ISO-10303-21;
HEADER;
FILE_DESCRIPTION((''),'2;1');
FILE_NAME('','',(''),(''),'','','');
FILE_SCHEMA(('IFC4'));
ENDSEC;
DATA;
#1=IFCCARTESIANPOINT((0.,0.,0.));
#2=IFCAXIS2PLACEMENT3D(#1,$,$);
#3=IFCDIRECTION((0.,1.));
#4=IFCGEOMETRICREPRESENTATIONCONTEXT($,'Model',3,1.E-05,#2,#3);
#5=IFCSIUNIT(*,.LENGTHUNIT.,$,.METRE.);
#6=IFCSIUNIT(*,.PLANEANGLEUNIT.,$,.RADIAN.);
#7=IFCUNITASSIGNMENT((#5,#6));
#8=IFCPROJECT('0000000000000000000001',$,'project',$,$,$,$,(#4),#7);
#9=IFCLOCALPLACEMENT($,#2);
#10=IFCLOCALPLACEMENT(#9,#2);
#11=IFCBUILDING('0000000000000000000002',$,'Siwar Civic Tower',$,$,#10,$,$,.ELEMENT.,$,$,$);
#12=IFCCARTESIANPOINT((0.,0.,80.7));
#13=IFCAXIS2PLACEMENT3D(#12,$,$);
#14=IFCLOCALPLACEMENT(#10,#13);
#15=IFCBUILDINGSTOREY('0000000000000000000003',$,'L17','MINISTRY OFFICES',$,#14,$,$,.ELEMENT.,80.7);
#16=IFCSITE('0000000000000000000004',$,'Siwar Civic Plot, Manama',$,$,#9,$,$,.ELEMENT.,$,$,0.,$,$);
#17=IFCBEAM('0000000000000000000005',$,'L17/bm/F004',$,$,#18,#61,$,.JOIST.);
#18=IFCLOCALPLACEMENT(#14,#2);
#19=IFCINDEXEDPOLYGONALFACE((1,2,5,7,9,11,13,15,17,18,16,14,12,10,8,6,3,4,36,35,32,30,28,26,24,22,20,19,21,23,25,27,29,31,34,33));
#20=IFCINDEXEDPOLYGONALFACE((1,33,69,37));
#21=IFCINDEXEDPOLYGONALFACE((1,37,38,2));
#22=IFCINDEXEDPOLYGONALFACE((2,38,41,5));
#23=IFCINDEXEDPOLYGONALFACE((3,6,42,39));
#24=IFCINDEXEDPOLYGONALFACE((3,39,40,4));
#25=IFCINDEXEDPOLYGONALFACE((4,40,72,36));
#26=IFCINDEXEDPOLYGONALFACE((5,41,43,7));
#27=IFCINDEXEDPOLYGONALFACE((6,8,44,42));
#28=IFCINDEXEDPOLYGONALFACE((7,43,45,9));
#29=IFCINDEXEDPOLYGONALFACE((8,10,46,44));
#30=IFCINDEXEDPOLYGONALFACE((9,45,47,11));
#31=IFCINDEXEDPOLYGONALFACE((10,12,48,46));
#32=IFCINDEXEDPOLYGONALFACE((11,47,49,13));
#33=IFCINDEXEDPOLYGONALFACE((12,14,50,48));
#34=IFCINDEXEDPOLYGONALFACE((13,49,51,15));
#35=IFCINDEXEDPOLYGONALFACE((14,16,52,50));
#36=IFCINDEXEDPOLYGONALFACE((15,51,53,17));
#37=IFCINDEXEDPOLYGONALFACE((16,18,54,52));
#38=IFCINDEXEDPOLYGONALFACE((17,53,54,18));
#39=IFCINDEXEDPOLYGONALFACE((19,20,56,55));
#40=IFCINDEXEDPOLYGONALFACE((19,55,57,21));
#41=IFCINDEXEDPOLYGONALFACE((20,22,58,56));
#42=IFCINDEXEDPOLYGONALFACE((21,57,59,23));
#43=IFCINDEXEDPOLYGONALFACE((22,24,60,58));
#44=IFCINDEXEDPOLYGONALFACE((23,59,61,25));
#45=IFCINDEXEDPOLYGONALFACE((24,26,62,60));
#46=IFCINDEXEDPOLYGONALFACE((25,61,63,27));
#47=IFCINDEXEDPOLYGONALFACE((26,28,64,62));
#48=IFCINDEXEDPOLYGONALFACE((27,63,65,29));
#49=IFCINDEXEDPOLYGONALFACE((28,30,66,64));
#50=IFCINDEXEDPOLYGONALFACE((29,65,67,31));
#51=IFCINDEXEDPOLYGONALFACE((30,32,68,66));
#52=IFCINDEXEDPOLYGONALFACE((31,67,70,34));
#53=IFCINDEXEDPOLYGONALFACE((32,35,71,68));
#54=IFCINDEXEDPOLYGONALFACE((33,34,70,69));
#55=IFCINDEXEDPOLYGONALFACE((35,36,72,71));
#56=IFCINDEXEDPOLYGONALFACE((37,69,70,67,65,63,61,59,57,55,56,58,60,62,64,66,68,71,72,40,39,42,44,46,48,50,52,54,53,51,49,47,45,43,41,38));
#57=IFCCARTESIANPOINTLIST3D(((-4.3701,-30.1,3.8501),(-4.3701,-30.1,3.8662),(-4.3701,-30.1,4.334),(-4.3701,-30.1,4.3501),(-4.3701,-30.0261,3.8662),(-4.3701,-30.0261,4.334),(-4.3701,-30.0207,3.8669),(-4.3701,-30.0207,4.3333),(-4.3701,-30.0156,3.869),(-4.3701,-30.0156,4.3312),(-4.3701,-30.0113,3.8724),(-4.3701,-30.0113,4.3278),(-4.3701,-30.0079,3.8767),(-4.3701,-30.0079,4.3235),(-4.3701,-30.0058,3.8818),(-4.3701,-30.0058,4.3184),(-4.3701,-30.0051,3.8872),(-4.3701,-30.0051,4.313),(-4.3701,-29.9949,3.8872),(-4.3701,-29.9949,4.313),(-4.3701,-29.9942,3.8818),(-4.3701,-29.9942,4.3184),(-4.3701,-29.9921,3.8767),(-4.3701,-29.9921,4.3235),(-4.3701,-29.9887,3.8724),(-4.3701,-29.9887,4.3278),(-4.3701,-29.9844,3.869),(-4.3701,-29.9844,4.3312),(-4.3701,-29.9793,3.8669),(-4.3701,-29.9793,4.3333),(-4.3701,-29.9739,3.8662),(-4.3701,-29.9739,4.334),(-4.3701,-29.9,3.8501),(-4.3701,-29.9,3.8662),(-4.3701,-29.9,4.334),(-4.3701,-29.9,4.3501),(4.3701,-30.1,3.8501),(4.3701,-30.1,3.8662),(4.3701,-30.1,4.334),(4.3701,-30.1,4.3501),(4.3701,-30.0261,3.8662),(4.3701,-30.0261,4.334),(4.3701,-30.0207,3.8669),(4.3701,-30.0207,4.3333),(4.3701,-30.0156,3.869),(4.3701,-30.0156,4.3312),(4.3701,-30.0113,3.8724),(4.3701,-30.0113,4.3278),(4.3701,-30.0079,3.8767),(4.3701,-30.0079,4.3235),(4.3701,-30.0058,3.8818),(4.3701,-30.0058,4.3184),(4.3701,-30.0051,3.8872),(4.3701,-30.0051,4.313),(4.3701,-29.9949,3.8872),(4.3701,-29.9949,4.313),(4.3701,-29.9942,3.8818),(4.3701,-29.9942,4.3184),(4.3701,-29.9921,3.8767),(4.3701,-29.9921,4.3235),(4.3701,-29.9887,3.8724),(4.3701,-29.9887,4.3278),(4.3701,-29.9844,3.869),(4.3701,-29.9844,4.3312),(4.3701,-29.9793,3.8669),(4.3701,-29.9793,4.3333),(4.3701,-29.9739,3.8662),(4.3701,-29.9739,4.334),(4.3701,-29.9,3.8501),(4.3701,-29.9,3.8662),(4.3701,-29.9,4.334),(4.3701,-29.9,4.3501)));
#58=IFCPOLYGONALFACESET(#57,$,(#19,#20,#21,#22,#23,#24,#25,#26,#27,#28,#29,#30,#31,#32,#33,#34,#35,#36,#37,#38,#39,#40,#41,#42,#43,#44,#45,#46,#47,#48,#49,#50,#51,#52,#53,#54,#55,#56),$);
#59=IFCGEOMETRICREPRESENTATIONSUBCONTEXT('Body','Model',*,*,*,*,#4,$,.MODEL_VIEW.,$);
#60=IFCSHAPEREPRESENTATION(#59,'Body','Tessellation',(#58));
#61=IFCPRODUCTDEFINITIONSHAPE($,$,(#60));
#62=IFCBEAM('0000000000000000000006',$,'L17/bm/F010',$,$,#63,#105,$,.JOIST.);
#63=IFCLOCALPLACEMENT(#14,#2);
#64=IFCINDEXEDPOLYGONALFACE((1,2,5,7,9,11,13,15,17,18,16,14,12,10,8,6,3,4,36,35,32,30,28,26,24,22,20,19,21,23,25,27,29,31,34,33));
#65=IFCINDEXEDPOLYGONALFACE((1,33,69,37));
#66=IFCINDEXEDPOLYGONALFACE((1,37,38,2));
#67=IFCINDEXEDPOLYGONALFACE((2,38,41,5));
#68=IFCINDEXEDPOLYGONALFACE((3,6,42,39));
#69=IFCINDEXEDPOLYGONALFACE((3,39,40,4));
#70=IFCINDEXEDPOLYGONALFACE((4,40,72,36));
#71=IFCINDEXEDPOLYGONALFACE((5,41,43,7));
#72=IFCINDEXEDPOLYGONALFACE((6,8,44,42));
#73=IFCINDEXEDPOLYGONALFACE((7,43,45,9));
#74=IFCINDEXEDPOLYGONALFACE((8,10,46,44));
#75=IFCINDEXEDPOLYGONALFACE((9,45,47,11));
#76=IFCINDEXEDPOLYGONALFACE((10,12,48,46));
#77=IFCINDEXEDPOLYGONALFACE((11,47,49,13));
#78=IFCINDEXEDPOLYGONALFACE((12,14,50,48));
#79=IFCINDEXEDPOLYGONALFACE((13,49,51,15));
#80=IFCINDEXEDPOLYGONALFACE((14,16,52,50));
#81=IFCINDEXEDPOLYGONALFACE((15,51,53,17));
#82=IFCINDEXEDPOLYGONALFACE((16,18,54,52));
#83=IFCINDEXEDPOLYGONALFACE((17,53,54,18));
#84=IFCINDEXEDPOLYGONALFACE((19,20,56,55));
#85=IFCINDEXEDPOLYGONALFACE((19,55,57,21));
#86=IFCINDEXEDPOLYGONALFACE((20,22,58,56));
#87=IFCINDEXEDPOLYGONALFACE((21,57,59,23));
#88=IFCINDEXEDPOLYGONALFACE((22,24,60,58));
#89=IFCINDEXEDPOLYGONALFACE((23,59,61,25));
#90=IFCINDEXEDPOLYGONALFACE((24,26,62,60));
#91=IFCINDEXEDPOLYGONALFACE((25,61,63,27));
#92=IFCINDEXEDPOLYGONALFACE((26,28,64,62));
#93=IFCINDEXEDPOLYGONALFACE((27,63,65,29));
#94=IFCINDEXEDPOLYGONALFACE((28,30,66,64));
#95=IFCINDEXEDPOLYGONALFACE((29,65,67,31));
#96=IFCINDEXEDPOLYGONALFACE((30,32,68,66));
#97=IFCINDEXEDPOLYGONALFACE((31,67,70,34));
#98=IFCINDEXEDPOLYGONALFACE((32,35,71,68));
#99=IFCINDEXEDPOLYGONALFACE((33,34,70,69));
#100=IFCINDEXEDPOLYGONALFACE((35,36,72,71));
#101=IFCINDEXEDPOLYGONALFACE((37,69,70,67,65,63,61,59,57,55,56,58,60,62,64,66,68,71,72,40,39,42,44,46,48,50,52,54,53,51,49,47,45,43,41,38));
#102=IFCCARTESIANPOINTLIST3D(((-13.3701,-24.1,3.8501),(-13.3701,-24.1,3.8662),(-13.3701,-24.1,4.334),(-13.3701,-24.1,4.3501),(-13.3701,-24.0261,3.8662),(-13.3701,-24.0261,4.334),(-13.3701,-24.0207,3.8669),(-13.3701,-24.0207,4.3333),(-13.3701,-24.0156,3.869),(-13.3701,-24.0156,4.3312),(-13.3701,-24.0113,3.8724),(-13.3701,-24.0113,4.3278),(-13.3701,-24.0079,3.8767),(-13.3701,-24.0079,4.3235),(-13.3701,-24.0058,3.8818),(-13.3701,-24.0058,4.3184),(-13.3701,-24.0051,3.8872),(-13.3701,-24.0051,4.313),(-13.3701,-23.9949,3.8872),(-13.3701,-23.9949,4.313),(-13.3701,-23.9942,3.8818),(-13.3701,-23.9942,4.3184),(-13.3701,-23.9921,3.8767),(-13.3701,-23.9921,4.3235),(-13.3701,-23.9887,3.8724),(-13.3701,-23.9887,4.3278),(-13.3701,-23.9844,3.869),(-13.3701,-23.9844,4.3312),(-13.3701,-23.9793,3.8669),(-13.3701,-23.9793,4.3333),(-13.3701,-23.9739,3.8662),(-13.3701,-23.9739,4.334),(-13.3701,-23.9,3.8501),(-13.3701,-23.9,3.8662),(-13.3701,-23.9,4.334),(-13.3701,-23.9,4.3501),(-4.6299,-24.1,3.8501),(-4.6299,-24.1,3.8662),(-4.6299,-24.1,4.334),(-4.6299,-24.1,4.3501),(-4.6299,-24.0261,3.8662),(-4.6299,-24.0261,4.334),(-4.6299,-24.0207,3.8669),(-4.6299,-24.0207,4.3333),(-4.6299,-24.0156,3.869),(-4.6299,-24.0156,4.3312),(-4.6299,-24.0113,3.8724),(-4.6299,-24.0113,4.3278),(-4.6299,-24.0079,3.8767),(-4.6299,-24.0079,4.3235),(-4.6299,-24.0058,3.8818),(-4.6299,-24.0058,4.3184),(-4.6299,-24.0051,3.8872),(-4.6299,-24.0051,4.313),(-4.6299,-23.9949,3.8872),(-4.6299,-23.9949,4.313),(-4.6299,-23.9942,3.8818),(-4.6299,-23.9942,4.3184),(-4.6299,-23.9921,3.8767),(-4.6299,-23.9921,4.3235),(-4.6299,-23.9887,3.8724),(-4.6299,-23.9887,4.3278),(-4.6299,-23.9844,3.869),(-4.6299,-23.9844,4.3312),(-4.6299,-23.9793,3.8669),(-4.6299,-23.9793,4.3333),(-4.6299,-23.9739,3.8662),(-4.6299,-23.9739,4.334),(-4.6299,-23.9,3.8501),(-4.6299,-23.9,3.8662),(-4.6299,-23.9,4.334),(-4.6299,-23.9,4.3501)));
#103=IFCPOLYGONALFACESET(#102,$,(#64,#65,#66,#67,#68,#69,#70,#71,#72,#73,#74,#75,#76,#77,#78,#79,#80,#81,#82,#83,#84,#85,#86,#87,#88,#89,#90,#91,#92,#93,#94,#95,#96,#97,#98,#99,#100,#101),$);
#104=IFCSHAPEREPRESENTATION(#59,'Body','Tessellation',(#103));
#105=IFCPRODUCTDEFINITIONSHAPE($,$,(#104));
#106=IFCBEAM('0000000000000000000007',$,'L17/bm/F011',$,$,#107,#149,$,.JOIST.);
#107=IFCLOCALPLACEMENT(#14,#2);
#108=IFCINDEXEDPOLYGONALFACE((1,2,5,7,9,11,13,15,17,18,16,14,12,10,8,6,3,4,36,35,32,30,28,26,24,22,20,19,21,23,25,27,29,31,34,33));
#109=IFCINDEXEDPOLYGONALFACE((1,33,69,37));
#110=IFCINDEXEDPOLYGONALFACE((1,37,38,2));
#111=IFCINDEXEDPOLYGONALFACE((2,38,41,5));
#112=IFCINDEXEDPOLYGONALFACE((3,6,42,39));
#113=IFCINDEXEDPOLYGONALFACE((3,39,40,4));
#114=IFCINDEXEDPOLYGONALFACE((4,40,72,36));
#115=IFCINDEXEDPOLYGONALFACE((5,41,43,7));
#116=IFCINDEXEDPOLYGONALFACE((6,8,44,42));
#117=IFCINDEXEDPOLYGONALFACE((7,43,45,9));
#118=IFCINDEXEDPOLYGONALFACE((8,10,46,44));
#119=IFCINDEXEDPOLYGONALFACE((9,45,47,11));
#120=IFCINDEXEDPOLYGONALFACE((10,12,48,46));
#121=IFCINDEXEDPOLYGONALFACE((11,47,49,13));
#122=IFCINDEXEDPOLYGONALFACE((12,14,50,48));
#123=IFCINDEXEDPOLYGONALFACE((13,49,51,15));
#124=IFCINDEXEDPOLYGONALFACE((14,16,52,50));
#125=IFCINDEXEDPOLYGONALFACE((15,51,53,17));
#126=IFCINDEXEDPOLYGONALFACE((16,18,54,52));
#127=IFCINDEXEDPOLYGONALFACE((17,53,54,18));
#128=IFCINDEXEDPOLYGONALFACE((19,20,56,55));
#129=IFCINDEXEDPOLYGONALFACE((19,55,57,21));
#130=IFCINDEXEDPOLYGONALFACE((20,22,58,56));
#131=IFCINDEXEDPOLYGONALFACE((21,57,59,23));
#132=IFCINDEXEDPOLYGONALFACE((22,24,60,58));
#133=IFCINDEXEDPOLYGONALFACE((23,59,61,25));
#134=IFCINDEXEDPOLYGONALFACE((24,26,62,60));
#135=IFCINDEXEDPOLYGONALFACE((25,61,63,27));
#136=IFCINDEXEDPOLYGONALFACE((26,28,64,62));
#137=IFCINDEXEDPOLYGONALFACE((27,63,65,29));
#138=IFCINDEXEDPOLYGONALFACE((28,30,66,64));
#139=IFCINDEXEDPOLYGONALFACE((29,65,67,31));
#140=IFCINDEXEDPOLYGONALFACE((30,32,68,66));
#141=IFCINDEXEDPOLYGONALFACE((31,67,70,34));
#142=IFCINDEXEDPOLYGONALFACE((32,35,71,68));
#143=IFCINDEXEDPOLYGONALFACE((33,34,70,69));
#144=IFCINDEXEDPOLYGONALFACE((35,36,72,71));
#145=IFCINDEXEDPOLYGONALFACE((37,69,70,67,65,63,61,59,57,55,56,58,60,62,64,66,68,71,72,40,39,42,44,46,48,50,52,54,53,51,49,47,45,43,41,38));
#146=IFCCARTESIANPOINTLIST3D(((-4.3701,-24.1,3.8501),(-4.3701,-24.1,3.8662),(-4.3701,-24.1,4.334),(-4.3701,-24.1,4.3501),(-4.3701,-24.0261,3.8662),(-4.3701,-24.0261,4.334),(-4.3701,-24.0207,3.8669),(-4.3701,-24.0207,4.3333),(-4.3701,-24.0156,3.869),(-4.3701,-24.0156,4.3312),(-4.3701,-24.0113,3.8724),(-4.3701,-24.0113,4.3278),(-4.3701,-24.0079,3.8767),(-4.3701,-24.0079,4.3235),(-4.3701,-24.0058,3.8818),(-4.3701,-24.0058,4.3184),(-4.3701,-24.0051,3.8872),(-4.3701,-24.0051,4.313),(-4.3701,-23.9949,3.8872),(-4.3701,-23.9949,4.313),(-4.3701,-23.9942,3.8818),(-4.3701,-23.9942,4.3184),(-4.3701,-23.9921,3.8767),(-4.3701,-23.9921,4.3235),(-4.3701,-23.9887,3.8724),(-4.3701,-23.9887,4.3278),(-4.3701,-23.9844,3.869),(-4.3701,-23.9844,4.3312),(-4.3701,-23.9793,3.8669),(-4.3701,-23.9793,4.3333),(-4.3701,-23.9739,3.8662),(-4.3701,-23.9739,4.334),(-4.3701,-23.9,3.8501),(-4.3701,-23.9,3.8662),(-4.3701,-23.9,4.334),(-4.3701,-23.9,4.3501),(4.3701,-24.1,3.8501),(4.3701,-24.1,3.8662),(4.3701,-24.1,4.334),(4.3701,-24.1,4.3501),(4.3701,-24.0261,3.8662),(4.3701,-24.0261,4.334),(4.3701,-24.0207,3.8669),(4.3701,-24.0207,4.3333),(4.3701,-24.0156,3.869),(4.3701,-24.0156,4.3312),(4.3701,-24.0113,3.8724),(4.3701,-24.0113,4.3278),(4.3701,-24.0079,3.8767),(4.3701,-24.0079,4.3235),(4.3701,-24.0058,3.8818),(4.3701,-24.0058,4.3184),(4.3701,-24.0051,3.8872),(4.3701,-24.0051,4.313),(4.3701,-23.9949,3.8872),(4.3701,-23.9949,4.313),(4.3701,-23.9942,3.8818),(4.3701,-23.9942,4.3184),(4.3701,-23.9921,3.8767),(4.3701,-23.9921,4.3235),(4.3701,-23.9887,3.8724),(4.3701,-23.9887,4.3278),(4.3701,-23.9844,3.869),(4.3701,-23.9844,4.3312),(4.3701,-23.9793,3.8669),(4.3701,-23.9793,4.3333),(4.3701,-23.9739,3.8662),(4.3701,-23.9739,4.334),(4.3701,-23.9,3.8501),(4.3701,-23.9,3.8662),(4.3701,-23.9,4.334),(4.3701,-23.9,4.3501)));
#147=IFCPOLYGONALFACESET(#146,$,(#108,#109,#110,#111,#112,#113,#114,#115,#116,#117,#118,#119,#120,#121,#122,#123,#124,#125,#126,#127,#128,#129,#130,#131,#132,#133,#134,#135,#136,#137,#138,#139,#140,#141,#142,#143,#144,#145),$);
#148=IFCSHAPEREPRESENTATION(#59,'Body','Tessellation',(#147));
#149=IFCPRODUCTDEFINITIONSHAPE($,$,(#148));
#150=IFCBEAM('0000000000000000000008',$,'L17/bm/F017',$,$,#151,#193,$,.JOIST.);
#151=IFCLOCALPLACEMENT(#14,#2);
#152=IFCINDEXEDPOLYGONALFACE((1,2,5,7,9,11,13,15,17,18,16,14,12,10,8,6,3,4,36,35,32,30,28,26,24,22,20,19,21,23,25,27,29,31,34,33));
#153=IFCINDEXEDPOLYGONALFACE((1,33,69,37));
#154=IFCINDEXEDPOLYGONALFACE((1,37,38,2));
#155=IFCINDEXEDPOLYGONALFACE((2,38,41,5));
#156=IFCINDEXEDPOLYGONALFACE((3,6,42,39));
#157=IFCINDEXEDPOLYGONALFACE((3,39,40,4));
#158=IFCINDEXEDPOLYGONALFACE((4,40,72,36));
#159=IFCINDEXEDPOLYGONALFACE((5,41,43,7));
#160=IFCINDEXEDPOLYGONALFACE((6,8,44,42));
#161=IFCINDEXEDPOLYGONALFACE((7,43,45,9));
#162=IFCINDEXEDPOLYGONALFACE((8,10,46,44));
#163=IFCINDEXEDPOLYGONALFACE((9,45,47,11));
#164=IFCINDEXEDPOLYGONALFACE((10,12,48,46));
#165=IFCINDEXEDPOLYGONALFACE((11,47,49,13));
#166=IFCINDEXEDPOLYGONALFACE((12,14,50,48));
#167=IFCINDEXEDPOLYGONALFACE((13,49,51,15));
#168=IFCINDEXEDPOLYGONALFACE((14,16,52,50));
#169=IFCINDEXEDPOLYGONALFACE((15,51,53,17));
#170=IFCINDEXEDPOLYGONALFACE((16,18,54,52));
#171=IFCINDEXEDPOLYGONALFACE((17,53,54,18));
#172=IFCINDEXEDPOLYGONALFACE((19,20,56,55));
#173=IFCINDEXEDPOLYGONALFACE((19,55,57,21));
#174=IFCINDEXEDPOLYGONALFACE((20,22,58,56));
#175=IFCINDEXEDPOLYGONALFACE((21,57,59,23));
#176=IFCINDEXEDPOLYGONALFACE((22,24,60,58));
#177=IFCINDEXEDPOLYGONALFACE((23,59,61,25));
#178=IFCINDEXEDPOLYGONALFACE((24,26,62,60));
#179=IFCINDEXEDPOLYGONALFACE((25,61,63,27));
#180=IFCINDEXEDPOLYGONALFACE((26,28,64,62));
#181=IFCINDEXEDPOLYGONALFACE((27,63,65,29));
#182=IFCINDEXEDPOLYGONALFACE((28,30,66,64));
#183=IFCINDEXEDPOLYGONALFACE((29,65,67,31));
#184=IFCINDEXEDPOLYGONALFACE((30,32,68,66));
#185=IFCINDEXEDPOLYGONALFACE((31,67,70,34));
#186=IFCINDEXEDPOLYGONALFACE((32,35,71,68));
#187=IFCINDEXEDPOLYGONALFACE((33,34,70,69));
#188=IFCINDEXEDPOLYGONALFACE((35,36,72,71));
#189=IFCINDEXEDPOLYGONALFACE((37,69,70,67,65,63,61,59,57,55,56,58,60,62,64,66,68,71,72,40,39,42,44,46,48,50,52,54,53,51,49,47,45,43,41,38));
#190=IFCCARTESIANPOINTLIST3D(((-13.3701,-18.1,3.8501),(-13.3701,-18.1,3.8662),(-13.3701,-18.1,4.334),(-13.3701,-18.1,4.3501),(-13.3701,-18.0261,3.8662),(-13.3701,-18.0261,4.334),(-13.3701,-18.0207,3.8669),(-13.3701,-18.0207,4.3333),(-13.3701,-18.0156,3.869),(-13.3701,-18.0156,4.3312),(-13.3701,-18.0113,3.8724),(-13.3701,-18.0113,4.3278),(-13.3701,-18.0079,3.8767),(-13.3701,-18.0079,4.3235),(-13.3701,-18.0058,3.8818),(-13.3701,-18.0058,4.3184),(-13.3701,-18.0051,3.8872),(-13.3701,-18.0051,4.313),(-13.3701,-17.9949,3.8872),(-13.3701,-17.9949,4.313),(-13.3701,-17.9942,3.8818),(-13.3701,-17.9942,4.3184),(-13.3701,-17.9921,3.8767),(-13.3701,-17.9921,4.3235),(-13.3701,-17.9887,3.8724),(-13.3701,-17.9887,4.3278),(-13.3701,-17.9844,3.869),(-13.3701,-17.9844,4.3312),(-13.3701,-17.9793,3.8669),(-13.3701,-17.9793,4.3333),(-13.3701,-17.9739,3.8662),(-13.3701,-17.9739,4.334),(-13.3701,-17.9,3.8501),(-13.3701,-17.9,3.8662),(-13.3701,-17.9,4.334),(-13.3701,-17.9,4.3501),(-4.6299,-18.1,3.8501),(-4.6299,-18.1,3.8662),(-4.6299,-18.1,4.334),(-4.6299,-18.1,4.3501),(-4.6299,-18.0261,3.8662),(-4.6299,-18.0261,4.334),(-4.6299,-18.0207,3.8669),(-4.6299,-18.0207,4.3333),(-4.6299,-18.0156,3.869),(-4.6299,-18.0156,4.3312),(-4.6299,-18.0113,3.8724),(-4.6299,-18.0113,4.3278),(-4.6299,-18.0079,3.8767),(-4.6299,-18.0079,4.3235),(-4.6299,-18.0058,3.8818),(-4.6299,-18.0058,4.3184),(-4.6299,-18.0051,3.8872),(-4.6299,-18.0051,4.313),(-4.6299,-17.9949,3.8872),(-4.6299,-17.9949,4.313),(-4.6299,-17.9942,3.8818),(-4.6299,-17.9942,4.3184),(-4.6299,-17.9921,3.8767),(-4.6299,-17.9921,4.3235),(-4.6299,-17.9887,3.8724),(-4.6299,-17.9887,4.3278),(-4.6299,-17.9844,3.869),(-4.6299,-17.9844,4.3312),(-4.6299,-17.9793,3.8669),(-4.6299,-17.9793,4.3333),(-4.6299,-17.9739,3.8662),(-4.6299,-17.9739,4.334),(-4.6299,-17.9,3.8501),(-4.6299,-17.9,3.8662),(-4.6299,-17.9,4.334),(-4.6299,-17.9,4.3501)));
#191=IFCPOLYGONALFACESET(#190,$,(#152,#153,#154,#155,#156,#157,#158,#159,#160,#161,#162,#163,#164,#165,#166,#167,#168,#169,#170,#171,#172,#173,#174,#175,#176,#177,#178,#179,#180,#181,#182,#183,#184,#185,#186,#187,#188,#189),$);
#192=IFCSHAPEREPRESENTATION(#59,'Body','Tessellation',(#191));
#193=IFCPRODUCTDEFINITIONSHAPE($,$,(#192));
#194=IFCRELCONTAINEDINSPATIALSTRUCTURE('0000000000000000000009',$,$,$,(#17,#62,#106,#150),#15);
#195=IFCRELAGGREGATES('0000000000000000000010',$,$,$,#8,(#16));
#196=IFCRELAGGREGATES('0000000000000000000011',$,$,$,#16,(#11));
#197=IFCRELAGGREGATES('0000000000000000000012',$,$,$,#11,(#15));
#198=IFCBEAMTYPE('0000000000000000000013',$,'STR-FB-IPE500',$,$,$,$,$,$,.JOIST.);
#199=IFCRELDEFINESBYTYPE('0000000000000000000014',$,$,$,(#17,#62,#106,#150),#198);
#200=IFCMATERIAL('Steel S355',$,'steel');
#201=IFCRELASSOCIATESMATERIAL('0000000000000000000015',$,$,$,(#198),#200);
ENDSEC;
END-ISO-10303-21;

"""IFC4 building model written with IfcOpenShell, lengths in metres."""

from ifc_helpers import new_model, si_unit, direction, frame, origin, origin_2d, place, context, subcontext, project, spatial, i_section, extrude, material, material_profile, profile_set, type_object, element, save


model = new_model("IFC4")

# Units and contexts
model_context = context("Model", 3, precision=1e-05, world=origin(), true_north=direction((0.0, 1.0)))
body_context = subcontext(model_context, "Body", "Model", "MODEL_VIEW")
ifc_project = project(units=[si_unit("LENGTHUNIT", "METRE"), si_unit("PLANEANGLEUNIT", "RADIAN")], contexts=[model_context])

# Site, building, storey
site_placement = place(None, origin())
site = spatial("IfcSite", under=ifc_project, at=site_placement, Name="Siwar Civic Plot, Manama", CompositionType="ELEMENT", RefElevation=0.0)
building_placement = place(site_placement, origin())
building = spatial("IfcBuilding", under=site, at=building_placement, Name="Siwar Civic Tower", CompositionType="ELEMENT")
storey_placement = place(building_placement, frame((0.0, 0.0, 80.7)))
storey = spatial("IfcBuildingStorey", under=building, at=storey_placement, Name="L17", Description="MINISTRY OFFICES", CompositionType="ELEMENT", Elevation=80.7)

# Beams
ifc_material_1 = material(Name="Steel S355", Category="steel")
ifc_material_profile_1 = material_profile(ifc_material_1, i_section(OverallWidth=0.2, OverallDepth=0.5, WebThickness=0.0103, FlangeThickness=0.0161, FilletRadius=0.021, at=origin_2d()), Name="IPE500")
ifc_profile_set_1 = profile_set([ifc_material_profile_1], Name="Steel S355")
beam_type_1 = type_object("IfcBeamType", Name="STR-FB-IPE500", PredefinedType="JOIST", material=ifc_profile_set_1)
for number, where, z_axis, x_axis, name in (
    (1, (-4.3701, -30.0, 4.1001), (1.0, 0.0, 0.0), (0.0, 1.0, 0.0), "L17/bm/F004"),
    (2, (-13.3701, -24.0, 4.1001), (1.0, 0.0, 0.0), (0.0, 1.0, 0.0), "L17/bm/F010"),
    (3, (-4.3701, -24.0, 4.1001), (1.0, 0.0, 0.0), (0.0, 1.0, 0.0), "L17/bm/F011"),
    (4, (-13.3701, -18.0, 4.1001), (1.0, 0.0, 0.0), (0.0, 1.0, 0.0), "L17/bm/F017"),
):
    element("IfcBeam", number, at=place(storey_placement, frame(where, z_axis=z_axis, x_axis=x_axis)), inside=storey, type_object=beam_type_1, Name=name, PredefinedType="JOIST", context=body_context, shape_type="SweptSolid", body=[
        extrude(i_section(OverallWidth=0.2, OverallDepth=0.5, WebThickness=0.0103, FlangeThickness=0.0161, FilletRadius=0.021, at=origin_2d()), origin(), (0.0, 0.0, 1.0), 8.7402),
    ])

save(model, "model.ifc")
